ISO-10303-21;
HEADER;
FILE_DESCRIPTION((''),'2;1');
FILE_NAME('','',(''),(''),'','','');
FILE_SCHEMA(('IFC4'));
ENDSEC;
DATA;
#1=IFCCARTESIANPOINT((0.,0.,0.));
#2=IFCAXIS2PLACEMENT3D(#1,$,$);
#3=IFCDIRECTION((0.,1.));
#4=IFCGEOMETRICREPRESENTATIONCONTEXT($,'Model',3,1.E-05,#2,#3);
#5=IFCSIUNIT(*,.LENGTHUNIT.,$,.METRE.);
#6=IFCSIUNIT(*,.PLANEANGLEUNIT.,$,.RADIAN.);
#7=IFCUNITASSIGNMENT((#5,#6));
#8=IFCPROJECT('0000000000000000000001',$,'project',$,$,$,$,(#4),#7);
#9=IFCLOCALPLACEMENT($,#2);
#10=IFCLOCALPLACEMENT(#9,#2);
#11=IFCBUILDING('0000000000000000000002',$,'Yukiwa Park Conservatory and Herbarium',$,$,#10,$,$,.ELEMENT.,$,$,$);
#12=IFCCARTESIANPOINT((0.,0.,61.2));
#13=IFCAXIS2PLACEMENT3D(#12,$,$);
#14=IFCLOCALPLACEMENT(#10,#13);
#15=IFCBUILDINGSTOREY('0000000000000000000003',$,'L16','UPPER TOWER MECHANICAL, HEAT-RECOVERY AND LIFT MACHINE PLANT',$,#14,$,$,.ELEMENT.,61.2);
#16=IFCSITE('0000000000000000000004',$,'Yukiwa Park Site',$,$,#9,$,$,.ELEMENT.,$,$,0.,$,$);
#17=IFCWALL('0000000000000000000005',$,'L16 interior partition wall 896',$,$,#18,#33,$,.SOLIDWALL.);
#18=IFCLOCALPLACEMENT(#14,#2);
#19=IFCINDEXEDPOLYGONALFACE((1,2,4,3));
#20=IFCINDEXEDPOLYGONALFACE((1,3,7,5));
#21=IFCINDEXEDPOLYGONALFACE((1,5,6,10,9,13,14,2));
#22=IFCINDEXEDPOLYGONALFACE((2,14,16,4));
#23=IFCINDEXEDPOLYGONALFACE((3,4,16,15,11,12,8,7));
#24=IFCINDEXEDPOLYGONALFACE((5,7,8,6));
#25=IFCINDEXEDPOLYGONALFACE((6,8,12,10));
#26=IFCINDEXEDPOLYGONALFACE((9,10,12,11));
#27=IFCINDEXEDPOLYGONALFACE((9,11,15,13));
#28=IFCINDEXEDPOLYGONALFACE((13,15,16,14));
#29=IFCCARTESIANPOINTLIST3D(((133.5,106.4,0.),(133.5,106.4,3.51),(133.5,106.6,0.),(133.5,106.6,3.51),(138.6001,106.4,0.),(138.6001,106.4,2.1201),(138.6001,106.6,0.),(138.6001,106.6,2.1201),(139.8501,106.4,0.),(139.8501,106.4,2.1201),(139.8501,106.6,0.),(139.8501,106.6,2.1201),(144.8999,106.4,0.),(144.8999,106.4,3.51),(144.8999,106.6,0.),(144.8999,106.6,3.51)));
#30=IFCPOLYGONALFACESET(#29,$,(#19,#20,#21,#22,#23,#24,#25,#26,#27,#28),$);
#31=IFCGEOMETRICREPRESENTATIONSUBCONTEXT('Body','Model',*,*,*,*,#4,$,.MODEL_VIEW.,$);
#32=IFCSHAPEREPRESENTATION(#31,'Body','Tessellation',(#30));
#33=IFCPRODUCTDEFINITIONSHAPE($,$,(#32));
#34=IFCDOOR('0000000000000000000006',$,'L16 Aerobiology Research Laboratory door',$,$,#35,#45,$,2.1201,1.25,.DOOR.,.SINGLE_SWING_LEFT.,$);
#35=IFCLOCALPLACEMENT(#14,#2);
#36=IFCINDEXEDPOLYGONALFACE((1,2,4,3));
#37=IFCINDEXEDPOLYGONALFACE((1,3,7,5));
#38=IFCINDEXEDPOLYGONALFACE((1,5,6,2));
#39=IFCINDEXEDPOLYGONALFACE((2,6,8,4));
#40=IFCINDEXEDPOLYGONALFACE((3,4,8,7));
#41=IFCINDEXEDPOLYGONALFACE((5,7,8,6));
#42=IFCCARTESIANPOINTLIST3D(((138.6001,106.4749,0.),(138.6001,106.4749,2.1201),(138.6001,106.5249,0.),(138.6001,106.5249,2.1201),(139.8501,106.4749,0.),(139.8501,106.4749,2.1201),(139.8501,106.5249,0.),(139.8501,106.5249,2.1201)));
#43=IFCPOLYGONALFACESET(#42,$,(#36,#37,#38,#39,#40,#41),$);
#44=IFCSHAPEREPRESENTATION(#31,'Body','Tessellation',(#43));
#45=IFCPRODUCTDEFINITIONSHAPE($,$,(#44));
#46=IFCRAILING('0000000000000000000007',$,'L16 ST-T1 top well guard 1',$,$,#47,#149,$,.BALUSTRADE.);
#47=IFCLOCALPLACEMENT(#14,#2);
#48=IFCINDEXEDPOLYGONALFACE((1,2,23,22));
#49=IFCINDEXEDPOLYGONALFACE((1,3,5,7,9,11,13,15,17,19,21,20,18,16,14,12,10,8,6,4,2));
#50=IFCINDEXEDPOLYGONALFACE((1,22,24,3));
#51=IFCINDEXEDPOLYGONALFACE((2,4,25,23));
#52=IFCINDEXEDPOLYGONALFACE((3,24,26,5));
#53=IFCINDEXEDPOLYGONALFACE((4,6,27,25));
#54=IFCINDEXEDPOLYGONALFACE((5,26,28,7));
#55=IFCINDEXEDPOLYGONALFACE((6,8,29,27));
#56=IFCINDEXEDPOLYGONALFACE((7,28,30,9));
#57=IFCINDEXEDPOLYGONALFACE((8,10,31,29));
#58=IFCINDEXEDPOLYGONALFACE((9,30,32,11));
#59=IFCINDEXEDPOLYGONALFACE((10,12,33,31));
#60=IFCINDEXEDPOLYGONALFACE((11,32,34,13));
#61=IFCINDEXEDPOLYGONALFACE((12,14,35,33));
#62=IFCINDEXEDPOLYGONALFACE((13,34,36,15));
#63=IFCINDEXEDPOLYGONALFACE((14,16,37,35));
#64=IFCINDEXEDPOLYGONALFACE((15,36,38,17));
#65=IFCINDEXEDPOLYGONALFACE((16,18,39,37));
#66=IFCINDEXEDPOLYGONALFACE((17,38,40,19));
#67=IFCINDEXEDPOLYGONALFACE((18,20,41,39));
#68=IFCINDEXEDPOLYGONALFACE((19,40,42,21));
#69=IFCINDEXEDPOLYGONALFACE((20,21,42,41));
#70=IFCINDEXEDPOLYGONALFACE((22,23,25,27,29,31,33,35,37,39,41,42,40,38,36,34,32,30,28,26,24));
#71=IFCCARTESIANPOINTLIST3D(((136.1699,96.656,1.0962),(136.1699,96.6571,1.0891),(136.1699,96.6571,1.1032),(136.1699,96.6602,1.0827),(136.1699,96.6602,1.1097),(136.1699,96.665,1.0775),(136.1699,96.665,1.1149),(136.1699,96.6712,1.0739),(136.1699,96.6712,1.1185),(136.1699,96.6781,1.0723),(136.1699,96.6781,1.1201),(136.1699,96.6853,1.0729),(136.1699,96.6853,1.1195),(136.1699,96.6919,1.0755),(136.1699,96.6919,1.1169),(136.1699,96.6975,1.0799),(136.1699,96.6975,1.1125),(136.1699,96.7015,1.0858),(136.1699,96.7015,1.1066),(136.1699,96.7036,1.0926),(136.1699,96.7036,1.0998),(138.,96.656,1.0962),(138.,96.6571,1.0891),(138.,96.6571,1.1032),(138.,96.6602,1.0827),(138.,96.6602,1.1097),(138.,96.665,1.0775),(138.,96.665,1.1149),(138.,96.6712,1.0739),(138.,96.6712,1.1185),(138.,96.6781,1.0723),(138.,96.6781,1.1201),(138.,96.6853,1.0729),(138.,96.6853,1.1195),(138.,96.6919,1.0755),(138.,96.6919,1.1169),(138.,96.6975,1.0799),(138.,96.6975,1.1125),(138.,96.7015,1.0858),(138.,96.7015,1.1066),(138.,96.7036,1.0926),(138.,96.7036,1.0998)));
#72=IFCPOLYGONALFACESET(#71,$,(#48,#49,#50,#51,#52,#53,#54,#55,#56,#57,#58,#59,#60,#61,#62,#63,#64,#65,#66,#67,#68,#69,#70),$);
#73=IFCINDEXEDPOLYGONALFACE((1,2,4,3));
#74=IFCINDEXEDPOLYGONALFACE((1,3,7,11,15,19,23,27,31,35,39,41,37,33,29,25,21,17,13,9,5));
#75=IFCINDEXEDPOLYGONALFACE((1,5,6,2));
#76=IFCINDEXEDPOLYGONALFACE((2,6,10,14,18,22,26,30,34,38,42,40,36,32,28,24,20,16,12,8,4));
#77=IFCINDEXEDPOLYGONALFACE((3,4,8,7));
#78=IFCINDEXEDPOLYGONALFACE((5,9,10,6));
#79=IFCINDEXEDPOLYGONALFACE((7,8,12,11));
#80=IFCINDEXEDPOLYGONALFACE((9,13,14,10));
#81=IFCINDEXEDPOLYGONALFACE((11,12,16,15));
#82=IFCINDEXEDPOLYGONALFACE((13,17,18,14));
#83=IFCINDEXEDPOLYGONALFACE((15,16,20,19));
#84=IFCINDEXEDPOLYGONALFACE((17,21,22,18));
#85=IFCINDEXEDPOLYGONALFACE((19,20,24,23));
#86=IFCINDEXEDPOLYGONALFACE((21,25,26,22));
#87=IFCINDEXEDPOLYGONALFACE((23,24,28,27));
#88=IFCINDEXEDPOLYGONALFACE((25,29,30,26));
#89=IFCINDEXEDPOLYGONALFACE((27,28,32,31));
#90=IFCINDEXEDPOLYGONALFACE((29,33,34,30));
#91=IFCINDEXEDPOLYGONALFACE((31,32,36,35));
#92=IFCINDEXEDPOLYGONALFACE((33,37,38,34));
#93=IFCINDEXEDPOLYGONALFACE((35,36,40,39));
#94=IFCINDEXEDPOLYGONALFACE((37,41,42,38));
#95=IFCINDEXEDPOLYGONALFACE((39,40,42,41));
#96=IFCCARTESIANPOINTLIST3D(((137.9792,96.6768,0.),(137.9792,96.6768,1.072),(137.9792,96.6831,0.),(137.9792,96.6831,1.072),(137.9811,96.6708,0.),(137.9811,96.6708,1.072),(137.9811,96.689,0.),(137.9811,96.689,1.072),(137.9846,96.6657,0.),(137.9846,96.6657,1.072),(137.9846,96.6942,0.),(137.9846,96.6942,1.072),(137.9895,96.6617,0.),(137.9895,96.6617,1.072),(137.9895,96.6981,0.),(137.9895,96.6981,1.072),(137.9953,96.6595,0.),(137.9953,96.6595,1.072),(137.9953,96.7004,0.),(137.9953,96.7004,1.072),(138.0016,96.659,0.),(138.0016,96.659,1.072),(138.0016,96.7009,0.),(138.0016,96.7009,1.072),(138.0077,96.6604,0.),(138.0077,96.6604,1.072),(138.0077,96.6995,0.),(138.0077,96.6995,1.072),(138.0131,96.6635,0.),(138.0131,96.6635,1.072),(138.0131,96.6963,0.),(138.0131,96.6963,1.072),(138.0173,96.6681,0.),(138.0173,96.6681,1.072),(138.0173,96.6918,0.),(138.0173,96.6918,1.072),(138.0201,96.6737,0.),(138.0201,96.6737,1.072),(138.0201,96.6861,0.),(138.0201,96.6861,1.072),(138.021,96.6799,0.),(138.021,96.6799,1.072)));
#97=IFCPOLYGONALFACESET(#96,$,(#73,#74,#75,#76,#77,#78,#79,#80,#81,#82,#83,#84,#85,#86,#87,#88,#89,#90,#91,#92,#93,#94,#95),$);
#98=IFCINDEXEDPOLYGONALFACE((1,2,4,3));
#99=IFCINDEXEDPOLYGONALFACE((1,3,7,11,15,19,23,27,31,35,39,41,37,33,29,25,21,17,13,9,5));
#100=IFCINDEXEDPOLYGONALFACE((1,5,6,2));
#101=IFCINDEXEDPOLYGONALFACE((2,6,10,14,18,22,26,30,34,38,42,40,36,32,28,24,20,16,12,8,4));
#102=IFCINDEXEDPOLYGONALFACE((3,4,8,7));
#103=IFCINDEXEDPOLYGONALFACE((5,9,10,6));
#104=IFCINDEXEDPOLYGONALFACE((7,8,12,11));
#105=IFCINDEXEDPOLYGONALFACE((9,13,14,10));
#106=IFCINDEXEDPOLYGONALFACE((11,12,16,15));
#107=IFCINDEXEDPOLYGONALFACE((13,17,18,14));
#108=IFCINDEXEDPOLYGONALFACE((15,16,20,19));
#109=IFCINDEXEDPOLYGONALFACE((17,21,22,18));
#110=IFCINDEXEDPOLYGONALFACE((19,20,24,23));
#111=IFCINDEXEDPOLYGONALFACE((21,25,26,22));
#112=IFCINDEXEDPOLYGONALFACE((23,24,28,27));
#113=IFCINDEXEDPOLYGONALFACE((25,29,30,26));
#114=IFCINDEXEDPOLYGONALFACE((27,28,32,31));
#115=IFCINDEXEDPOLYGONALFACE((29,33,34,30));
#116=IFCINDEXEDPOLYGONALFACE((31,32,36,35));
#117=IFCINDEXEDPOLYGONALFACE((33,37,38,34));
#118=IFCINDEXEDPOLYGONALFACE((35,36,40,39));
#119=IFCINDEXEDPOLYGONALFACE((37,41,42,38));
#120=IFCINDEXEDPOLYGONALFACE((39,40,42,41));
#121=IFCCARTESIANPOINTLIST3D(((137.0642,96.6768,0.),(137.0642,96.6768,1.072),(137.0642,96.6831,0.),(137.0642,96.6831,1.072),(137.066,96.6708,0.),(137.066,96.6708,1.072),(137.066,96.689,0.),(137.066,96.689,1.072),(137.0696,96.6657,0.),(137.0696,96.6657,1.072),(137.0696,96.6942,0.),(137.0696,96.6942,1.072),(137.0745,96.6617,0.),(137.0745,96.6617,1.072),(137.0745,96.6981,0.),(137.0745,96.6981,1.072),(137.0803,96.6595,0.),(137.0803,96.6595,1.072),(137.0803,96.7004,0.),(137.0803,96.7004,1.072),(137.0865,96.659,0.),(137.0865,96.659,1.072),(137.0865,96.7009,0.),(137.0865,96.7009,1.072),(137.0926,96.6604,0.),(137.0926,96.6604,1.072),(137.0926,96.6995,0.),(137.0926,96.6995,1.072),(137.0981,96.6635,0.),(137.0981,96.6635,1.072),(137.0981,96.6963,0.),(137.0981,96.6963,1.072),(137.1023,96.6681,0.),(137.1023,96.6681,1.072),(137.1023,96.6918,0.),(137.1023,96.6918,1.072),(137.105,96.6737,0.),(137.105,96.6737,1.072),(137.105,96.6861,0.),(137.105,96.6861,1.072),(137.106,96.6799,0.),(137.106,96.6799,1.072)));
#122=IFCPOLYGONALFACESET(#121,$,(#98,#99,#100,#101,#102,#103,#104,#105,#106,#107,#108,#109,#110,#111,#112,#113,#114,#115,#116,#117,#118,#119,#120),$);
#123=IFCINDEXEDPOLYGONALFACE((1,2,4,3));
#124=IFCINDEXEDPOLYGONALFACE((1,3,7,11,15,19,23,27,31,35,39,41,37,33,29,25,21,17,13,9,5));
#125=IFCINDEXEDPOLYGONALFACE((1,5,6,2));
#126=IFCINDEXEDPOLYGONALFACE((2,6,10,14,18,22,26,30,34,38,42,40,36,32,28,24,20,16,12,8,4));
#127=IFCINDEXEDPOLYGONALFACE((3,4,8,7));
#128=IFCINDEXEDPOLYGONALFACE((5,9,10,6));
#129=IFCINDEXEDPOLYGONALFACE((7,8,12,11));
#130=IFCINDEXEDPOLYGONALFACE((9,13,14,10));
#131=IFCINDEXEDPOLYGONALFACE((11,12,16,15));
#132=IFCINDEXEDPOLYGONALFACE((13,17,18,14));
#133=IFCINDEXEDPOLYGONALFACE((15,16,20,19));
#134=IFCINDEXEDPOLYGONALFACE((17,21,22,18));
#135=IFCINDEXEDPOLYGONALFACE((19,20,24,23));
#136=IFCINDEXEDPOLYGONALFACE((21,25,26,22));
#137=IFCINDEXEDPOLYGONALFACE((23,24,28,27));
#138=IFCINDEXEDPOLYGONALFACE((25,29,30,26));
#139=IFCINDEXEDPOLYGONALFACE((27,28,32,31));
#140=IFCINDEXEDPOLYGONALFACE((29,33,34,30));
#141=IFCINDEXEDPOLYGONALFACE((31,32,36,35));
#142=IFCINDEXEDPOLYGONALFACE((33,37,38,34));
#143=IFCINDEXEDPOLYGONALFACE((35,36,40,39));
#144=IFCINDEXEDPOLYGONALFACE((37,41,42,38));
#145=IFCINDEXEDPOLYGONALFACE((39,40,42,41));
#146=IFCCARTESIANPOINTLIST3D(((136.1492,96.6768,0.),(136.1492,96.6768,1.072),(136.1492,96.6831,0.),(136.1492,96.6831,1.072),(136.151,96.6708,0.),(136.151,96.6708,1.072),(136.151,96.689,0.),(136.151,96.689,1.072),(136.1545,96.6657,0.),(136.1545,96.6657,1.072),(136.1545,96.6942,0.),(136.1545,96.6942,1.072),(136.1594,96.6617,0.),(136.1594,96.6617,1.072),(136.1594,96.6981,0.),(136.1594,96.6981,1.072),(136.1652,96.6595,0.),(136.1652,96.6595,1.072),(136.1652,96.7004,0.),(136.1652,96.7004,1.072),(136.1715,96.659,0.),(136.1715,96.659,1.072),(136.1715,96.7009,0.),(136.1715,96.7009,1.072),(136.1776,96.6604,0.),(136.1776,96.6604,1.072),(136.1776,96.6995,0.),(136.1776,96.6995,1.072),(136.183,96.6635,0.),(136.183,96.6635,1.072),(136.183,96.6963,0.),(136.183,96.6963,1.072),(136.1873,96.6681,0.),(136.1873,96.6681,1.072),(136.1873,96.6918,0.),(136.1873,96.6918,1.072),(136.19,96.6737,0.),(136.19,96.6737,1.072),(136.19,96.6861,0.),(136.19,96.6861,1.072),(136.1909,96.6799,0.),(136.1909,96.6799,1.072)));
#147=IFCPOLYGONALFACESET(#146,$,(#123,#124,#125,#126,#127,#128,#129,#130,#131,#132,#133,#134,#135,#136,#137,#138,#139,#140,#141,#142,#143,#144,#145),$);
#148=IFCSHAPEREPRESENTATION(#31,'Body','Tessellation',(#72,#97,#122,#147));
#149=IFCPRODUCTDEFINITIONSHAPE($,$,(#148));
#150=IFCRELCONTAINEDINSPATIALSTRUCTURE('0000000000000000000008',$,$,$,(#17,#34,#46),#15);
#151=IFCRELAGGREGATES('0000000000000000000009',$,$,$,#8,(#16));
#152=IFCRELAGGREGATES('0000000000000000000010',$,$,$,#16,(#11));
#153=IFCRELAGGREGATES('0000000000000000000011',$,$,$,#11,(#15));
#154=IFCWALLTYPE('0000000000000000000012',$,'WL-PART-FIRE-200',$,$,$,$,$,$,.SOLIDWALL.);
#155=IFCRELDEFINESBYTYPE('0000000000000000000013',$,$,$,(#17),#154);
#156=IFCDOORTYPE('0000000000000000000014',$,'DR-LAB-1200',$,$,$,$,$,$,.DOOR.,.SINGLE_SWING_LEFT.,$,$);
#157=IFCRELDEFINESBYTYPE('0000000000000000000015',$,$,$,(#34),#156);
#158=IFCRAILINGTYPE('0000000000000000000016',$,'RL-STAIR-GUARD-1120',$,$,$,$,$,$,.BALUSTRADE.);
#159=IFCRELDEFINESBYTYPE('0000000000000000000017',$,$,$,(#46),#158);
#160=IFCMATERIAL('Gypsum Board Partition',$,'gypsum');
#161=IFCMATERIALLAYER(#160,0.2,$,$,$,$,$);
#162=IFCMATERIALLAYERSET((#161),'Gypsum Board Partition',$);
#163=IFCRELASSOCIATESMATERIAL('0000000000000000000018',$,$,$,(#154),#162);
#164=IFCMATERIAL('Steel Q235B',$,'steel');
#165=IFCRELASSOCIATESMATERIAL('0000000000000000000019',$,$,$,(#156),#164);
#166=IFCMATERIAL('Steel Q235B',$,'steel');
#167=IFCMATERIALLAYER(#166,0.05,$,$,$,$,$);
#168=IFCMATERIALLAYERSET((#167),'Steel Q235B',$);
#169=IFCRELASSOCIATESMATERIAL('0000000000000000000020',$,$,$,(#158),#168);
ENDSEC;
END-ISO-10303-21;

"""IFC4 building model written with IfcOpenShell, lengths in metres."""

from ifc_helpers import new_model, si_unit, direction, frame, frame_2d, origin, origin_2d, place, context, subcontext, project, spatial, rectangle, circle, extrude, material, layer, layer_set, type_object, element, fill, save


model = new_model("IFC4")

# Units and contexts
model_context = context("Model", 3, precision=1e-05, world=origin(), true_north=direction((0.0, 1.0)))
body_context = subcontext(model_context, "Body", "Model", "MODEL_VIEW")
ifc_project = project(units=[si_unit("LENGTHUNIT", "METRE"), si_unit("PLANEANGLEUNIT", "RADIAN")], contexts=[model_context])

# Site, building, storey
site_placement = place(None, origin())
site = spatial("IfcSite", under=ifc_project, at=site_placement, Name="Yukiwa Park Site", CompositionType="ELEMENT", RefElevation=0.0)
building_placement = place(site_placement, origin())
building = spatial("IfcBuilding", under=site, at=building_placement, Name="Yukiwa Park Conservatory and Herbarium", CompositionType="ELEMENT")
storey_placement = place(building_placement, frame((0.0, 0.0, 61.2)))
storey = spatial("IfcBuildingStorey", under=building, at=storey_placement, Name="L16", Description="UPPER TOWER MECHANICAL, HEAT-RECOVERY AND LIFT MACHINE PLANT", CompositionType="ELEMENT", Elevation=61.2)

# Wall, opening, door
ifc_material_1 = material(Name="Gypsum Board Partition", Category="gypsum")
ifc_layer_1 = layer(ifc_material_1, 0.2)
ifc_layer_set_1 = layer_set([ifc_layer_1], Name="Gypsum Board Partition")
wall_type_1 = type_object("IfcWallType", Name="WL-PART-FIRE-200", PredefinedType="SOLIDWALL", material=ifc_layer_set_1)
wall_1_placement = place(storey_placement, frame((133.5, 106.5, 0.0), z_axis=(0.0, 0.0, 1.0), x_axis=(1.0, 0.0, 0.0)))
wall_1 = element("IfcWall", 1, at=wall_1_placement, inside=storey, type_object=wall_type_1, Name="L16 interior partition wall 896", PredefinedType="SOLIDWALL", context=body_context, shape_type="SweptSolid", body=[
    extrude(rectangle(XDim=11.3999, YDim=0.2, at=frame_2d((5.7, 0.0))), origin(), (0.0, 0.0, 1.0), 3.51),
])
opening_1_placement = place(wall_1_placement, frame((5.1001, 0.0, 0.0)))
opening_1 = element("IfcOpeningElement", 2, at=opening_1_placement, cuts=wall_1, PredefinedType="OPENING", context=body_context, shape_type="SweptSolid", body=[
    extrude(rectangle(XDim=1.25, YDim=2.1201, at=frame_2d((0.625, 1.0601))), frame((0.0, 0.1099, 0.0), z_axis=(0.0, -1.0, 0.0), x_axis=(1.0, 0.0, 0.0)), (0.0, 0.0, 1.0), 0.22),
])
ifc_material_2 = material(Name="Steel Q235B", Category="steel")
door_type_1 = type_object("IfcDoorType", Name="DR-LAB-1200", OperationType="SINGLE_SWING_LEFT", PredefinedType="DOOR", material=ifc_material_2)
door_1_placement = place(opening_1_placement, origin())
door_1 = element("IfcDoor", 3, at=door_1_placement, inside=storey, type_object=door_type_1, Name="L16 Aerobiology Research Laboratory door", OperationType="SINGLE_SWING_LEFT", OverallHeight=2.1201, OverallWidth=1.25, PredefinedType="DOOR", context=body_context, shape_type="SweptSolid", body=[
    extrude(rectangle(XDim=1.25, YDim=2.1201, at=frame_2d((0.625, 1.0601))), frame((0.0, 0.0249, 0.0), z_axis=(0.0, -1.0, 0.0), x_axis=(1.0, 0.0, 0.0)), (0.0, 0.0, 1.0), 0.05),
])
fill(opening_1, door_1)

# Railing
ifc_material_3 = material(Name="Steel Q235B", Category="steel")
ifc_layer_2 = layer(ifc_material_3, 0.05)
ifc_layer_set_2 = layer_set([ifc_layer_2], Name="Steel Q235B")
railing_type = type_object("IfcRailingType", Name="RL-STAIR-GUARD-1120", PredefinedType="BALUSTRADE", material=ifc_layer_set_2)
railing_placement = place(storey_placement, frame((138.0, 96.6799, 0.0)))
element("IfcRailing", 4, at=railing_placement, inside=storey, type_object=railing_type, Name="L16 ST-T1 top well guard 1", PredefinedType="BALUSTRADE", context=body_context, shape_type="SweptSolid", body=[
    extrude(circle(Radius=0.0239, at=origin_2d()), frame((0.0, 0.0, 1.0962), z_axis=(-1.0, 0.0, 0.0), x_axis=(0.0, -1.0, 0.0)), (0.0, 0.0, 1.0), 1.8301),
    extrude(circle(Radius=0.021, at=origin_2d()), origin(), (0.0, 0.0, 1.0), 1.072),
    extrude(circle(Radius=0.021, at=origin_2d()), frame((-0.915, 0.0, 0.0)), (0.0, 0.0, 1.0), 1.072),
    extrude(circle(Radius=0.021, at=origin_2d()), frame((-1.8301, 0.0, 0.0)), (0.0, 0.0, 1.0), 1.072),
])

save(model, "model.ifc")
